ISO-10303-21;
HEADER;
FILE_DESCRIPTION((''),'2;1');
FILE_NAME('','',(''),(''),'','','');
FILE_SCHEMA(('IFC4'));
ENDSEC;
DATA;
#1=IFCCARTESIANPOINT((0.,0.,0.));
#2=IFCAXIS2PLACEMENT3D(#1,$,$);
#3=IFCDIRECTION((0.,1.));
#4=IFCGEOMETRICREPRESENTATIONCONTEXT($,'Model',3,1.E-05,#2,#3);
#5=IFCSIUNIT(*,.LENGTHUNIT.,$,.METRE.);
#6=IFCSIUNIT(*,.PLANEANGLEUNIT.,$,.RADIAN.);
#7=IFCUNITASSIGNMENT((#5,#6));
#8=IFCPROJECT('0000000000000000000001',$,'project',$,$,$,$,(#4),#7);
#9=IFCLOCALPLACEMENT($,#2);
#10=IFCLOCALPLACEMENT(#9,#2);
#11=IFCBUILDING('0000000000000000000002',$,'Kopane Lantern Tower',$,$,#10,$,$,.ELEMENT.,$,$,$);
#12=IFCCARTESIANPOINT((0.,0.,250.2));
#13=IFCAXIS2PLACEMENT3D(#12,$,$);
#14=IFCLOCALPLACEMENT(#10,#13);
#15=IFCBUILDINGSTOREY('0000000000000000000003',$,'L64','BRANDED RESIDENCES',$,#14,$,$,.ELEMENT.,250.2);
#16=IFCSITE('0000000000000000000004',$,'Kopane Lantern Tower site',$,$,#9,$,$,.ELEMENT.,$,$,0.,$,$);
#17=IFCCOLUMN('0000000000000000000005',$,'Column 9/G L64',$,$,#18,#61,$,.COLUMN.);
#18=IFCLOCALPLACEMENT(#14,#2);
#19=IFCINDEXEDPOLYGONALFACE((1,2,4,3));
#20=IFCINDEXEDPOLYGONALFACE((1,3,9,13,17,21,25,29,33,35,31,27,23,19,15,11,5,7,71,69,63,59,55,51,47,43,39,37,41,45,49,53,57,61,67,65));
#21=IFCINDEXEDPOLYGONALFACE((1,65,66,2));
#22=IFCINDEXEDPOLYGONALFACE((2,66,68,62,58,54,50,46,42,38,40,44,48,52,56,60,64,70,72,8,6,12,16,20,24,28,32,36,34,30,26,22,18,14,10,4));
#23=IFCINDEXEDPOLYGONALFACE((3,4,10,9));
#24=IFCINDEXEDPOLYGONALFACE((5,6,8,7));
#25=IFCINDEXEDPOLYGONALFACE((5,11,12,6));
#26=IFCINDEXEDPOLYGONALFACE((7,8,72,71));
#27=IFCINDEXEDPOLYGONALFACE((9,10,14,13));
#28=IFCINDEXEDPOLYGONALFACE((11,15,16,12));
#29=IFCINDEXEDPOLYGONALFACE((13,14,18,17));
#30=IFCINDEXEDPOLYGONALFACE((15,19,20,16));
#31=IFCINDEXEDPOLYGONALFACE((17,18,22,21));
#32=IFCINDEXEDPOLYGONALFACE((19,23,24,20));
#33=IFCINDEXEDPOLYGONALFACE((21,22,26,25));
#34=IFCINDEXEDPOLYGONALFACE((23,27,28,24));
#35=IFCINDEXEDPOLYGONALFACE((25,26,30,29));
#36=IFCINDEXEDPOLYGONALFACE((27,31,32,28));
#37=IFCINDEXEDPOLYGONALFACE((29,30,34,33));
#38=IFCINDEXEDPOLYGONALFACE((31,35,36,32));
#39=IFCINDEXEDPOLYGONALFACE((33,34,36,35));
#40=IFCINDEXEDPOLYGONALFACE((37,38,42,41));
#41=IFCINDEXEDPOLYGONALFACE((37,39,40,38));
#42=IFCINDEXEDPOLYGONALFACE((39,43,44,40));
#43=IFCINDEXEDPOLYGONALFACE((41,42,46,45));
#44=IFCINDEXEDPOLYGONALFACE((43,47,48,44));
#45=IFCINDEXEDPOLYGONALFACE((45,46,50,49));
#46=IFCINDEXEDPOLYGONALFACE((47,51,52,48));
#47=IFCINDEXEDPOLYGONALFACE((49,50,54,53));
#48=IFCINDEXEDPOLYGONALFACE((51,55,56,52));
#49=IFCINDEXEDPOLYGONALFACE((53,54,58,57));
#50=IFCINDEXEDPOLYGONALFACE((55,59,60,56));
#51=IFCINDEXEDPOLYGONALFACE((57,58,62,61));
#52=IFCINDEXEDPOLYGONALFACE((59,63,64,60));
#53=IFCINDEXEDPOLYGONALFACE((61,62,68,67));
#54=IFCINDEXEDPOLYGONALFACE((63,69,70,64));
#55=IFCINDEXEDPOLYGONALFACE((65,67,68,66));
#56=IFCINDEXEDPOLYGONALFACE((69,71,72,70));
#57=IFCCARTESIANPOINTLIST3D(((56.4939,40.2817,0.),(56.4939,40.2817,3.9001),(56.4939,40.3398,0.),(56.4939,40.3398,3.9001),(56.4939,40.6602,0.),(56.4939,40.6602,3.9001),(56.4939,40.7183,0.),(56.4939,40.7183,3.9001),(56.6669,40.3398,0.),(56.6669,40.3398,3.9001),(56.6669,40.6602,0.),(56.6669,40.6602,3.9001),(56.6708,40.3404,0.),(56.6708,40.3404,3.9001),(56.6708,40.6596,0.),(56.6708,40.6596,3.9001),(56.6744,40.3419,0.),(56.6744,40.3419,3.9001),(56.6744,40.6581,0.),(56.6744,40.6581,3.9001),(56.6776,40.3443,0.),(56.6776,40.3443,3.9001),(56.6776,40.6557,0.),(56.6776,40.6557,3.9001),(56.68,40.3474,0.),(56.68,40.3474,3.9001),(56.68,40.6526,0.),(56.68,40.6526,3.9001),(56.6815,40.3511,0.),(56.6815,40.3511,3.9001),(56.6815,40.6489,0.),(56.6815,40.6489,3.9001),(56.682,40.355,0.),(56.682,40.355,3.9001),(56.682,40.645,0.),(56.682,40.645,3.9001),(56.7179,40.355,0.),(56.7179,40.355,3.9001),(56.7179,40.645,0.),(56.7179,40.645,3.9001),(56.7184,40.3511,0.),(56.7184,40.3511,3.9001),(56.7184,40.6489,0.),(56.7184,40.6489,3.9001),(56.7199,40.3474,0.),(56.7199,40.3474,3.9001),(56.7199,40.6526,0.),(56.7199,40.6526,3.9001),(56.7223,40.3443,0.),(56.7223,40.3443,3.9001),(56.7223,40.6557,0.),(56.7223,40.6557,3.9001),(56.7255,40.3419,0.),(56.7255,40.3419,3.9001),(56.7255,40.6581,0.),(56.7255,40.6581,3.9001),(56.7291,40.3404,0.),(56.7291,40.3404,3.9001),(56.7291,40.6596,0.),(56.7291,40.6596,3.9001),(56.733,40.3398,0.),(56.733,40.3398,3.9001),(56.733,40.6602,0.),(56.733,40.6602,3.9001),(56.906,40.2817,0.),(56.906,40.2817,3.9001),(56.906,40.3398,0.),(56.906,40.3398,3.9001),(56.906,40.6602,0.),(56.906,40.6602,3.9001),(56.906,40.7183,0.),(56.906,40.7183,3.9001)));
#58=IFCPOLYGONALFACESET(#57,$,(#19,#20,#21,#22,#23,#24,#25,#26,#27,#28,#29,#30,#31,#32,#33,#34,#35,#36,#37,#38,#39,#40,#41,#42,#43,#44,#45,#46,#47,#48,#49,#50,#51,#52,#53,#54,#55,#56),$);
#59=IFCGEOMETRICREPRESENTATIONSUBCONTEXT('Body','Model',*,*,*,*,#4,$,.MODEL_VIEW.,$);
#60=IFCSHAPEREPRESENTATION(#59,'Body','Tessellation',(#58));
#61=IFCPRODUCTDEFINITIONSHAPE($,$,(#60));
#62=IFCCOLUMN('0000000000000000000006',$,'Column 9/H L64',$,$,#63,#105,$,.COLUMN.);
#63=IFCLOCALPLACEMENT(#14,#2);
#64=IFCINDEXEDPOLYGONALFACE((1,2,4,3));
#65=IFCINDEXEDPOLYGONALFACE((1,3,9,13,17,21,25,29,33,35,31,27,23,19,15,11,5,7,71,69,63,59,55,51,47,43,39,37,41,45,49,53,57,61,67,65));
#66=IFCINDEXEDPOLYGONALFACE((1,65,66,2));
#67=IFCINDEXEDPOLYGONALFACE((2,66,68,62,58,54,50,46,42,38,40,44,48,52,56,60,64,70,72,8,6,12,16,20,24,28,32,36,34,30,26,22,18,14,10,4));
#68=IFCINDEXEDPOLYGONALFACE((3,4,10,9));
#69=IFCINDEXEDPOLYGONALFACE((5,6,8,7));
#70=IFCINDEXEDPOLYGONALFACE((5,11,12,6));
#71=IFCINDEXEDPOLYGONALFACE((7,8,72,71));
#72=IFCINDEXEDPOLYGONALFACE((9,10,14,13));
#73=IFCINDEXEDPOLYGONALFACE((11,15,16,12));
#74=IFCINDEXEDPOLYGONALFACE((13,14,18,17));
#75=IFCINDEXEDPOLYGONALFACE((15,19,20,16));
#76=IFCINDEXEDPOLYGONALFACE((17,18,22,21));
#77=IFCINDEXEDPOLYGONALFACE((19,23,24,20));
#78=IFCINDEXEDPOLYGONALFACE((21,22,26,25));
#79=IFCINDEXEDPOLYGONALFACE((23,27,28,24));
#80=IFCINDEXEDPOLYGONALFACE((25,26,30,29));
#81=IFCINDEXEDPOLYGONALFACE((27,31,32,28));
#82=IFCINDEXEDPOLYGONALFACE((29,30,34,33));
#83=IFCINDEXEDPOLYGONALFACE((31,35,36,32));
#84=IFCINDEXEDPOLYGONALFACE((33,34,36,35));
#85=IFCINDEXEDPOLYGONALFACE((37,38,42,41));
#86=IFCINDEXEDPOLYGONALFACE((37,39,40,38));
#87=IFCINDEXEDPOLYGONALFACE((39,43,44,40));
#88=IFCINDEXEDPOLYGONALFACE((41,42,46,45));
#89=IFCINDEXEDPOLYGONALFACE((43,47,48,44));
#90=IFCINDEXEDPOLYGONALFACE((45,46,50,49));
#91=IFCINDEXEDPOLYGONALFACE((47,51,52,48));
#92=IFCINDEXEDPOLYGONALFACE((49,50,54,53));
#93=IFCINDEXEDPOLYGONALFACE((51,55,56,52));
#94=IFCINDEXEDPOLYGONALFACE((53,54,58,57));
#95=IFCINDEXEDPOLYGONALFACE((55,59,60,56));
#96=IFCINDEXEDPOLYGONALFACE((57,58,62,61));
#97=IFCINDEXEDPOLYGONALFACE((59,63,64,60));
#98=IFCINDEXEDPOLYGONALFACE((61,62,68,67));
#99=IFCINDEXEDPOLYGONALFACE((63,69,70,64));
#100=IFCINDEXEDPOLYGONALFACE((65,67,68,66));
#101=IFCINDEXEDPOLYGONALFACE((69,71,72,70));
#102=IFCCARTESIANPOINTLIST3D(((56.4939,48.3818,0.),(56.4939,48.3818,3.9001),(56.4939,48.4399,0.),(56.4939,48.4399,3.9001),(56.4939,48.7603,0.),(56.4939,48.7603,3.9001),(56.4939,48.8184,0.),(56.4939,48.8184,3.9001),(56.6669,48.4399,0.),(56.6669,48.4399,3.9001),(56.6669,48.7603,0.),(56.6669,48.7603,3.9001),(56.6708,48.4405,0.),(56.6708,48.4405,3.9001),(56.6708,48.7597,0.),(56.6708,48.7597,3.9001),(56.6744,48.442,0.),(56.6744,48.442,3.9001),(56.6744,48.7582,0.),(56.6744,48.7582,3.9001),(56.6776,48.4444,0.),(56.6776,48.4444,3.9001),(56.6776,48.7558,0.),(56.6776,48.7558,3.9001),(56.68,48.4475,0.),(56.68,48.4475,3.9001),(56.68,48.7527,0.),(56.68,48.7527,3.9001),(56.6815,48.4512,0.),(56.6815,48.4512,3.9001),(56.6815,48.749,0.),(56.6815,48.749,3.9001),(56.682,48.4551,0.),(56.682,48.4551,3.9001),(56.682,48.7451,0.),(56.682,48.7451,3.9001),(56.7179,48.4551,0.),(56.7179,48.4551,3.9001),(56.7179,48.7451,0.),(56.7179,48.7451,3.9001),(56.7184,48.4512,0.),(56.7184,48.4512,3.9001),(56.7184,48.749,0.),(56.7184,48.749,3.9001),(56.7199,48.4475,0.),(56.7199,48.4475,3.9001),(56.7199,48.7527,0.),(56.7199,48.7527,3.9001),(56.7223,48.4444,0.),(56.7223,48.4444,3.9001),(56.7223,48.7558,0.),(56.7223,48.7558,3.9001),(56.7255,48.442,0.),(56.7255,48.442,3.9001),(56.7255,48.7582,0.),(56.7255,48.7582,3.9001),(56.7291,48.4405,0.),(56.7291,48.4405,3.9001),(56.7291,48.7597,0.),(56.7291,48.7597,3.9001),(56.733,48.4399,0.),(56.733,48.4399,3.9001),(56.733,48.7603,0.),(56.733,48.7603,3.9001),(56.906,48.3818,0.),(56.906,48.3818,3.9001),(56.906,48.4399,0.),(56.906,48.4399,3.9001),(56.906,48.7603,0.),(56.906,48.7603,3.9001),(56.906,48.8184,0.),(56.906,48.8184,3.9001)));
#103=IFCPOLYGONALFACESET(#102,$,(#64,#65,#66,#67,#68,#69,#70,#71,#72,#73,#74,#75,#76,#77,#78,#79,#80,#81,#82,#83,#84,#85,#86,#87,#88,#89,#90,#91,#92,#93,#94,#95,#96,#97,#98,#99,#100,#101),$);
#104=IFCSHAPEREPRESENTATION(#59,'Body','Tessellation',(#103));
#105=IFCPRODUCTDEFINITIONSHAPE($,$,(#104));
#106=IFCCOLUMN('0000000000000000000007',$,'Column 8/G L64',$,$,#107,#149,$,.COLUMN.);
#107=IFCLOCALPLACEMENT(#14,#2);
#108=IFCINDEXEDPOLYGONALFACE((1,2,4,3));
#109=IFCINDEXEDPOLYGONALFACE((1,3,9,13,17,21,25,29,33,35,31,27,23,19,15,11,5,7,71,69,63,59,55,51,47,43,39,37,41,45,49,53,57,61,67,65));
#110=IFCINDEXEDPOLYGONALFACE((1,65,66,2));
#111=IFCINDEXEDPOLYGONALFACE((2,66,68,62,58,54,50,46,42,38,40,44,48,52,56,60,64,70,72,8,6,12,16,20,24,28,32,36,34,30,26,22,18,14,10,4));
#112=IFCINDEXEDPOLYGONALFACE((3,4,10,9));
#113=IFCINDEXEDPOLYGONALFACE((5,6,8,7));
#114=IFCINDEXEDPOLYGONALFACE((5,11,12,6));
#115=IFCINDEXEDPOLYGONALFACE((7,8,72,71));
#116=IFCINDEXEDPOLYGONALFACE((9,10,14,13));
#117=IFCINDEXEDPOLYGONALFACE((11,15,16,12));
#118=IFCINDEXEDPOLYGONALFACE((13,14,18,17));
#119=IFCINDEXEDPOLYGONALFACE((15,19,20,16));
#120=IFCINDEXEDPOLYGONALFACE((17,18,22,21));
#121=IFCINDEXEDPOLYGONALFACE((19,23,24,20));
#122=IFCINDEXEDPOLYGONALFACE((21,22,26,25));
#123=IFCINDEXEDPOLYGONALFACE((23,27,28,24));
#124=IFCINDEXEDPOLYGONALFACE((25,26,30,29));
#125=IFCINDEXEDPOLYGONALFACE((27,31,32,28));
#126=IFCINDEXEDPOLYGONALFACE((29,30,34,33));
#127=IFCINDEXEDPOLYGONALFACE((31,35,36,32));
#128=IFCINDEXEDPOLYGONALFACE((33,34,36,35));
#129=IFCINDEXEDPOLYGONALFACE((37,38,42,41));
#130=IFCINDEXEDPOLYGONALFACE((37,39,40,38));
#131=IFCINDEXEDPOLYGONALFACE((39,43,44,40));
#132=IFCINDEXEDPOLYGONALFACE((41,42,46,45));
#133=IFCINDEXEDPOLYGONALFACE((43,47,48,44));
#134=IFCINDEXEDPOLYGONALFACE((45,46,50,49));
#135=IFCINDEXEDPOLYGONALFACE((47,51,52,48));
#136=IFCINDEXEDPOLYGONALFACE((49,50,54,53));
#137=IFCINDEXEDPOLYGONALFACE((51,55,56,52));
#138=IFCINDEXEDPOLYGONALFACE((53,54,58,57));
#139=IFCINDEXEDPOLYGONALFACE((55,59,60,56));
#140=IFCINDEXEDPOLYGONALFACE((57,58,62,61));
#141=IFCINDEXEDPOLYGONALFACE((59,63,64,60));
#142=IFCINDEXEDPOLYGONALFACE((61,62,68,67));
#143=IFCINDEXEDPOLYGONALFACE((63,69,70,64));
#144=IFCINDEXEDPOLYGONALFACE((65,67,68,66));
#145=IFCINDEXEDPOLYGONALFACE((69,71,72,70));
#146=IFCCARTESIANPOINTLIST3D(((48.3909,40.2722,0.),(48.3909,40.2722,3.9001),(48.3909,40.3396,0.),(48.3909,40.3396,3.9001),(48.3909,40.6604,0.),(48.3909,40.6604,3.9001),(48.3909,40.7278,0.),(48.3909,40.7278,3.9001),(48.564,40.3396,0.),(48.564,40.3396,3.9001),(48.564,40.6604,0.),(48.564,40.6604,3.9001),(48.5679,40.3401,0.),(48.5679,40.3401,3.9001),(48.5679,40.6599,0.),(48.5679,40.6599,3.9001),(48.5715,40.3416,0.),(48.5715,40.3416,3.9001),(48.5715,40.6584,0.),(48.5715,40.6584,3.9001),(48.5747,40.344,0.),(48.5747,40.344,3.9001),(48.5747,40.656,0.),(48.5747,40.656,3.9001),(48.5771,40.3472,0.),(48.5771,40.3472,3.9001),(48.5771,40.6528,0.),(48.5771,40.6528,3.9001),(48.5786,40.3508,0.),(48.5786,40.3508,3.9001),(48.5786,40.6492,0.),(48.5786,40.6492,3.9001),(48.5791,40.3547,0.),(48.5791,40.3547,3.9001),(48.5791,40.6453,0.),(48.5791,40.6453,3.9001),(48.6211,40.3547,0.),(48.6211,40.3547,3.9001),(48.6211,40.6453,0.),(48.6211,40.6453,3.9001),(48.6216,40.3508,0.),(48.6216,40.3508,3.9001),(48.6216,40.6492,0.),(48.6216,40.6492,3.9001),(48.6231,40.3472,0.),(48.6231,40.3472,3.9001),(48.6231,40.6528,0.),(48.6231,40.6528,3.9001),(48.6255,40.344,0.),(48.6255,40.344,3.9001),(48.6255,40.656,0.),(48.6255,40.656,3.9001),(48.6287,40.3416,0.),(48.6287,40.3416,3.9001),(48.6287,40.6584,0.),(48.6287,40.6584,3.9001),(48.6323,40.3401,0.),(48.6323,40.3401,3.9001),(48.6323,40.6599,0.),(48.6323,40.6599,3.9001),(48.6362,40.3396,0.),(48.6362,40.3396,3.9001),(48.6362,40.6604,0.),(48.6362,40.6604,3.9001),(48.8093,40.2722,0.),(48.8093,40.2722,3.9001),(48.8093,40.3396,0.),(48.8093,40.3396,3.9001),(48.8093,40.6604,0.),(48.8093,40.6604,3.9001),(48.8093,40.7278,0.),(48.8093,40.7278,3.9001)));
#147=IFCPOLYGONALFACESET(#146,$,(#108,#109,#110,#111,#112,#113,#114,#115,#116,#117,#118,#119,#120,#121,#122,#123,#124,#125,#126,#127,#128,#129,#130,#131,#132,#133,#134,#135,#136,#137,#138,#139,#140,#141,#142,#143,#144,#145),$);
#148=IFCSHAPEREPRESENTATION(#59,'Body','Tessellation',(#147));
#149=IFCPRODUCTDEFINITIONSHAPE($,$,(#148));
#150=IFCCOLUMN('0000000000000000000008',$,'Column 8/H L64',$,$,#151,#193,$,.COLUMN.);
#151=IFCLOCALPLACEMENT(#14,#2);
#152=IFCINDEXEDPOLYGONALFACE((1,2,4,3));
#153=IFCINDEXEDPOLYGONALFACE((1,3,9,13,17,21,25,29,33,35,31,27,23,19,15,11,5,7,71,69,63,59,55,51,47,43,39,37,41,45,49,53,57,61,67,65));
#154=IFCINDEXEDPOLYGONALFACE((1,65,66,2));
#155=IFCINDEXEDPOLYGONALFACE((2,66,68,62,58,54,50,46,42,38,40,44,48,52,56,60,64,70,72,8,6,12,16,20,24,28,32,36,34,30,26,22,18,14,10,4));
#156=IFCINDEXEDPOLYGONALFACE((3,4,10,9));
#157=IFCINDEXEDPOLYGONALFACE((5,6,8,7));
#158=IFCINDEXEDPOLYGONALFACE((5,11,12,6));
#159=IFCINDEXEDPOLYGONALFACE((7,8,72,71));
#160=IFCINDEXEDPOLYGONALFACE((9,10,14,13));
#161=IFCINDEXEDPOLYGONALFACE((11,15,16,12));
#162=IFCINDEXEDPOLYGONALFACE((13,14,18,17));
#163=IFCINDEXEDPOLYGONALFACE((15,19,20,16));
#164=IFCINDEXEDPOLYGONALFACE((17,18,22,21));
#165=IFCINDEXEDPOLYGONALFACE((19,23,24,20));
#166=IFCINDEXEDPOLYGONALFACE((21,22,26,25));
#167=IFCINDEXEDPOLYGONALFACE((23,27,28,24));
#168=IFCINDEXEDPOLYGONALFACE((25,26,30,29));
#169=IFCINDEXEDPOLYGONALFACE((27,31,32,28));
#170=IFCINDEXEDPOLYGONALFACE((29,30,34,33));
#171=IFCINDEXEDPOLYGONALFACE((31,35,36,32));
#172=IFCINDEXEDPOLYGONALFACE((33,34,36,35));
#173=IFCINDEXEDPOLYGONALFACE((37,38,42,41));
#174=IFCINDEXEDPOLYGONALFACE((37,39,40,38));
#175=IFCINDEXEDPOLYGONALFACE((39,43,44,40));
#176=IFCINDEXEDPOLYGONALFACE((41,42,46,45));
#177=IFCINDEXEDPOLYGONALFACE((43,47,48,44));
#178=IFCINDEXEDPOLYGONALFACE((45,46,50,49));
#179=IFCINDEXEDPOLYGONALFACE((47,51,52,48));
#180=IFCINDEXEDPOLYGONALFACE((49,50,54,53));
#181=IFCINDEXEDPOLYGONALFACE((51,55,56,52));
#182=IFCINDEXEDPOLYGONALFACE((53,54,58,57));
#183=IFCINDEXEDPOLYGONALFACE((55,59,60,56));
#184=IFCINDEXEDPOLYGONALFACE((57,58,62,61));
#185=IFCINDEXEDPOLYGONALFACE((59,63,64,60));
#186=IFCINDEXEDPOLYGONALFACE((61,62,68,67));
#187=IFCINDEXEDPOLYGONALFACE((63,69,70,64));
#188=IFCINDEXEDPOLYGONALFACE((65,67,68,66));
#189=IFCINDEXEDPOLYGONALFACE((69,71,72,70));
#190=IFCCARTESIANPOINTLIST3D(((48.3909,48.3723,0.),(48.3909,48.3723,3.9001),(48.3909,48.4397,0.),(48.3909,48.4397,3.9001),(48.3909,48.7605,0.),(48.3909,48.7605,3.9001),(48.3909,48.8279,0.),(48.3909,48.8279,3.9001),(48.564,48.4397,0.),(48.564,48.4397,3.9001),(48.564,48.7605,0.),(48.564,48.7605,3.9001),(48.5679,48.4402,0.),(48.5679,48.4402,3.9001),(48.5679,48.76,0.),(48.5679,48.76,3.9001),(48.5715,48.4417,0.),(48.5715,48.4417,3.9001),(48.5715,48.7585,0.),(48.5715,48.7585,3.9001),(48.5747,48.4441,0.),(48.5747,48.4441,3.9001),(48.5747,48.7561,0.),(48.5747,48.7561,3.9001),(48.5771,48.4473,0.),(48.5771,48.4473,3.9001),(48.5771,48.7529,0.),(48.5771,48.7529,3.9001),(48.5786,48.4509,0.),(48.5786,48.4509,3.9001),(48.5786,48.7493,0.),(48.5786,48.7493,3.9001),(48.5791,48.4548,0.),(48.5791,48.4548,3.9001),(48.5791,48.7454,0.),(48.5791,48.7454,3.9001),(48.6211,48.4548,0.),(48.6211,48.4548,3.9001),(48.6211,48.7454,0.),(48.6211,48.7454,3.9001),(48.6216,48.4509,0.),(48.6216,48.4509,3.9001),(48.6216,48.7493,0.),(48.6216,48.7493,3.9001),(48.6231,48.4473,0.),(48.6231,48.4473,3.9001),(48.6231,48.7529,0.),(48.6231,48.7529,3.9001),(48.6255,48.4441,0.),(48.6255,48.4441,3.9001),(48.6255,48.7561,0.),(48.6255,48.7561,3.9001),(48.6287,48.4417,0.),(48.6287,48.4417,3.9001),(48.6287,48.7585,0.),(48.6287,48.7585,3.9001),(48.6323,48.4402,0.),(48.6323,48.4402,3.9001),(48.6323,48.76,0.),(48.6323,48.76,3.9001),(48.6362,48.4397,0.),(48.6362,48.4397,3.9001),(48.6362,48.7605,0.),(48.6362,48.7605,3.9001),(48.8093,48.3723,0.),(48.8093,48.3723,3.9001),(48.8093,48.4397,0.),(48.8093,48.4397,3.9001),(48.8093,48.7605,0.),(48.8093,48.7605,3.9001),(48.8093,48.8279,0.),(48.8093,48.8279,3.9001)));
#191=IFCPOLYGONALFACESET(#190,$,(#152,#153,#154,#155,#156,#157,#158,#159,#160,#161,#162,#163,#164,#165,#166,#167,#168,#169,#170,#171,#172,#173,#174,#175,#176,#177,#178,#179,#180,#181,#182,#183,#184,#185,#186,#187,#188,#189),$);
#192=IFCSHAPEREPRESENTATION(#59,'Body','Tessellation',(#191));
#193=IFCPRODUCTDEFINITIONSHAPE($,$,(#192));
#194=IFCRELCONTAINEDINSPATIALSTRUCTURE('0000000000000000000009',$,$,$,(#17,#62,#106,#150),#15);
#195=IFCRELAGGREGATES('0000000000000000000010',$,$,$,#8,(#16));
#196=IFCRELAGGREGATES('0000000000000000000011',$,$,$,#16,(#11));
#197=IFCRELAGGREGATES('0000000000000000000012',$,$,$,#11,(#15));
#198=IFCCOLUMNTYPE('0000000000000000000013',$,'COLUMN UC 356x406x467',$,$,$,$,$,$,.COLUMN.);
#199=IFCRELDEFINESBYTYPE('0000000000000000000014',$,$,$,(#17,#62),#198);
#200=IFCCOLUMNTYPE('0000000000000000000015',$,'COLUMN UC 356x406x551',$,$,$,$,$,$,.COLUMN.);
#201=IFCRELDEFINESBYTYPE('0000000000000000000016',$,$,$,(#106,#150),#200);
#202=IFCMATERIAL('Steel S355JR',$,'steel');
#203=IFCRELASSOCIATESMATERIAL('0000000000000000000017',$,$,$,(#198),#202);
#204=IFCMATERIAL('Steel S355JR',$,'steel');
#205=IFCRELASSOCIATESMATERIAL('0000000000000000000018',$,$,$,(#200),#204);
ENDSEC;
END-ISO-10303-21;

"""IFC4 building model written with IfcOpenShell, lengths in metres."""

from ifc_helpers import new_model, si_unit, direction, frame, origin, origin_2d, place, context, subcontext, project, spatial, i_section, extrude, material, material_profile, profile_set, type_object, element, save


model = new_model("IFC4")

# Units and contexts
model_context = context("Model", 3, precision=1e-05, world=origin(), true_north=direction((0.0, 1.0)))
body_context = subcontext(model_context, "Body", "Model", "MODEL_VIEW")
ifc_project = project(units=[si_unit("LENGTHUNIT", "METRE"), si_unit("PLANEANGLEUNIT", "RADIAN")], contexts=[model_context])

# Site, building, storey
site_placement = place(None, origin())
site = spatial("IfcSite", under=ifc_project, at=site_placement, Name="Kopane Lantern Tower site", CompositionType="ELEMENT", RefElevation=0.0)
building_placement = place(site_placement, origin())
building = spatial("IfcBuilding", under=site, at=building_placement, Name="Kopane Lantern Tower", CompositionType="ELEMENT")
storey_placement = place(building_placement, frame((0.0, 0.0, 250.2)))
storey = spatial("IfcBuildingStorey", under=building, at=storey_placement, Name="L64", Description="BRANDED RESIDENCES", CompositionType="ELEMENT", Elevation=250.2)

# Columns
ifc_material_1 = material(Name="Steel S355JR", Category="steel")
ifc_material_profile_1 = material_profile(ifc_material_1, i_section(OverallWidth=0.4121, OverallDepth=0.4365, WebThickness=0.0359, FlangeThickness=0.0581, FilletRadius=0.0151, at=origin_2d()), Name="UC 356x406x467")
ifc_profile_set_1 = profile_set([ifc_material_profile_1], Name="Steel S355JR")
column_type_1 = type_object("IfcColumnType", Name="COLUMN UC 356x406x467", PredefinedType="COLUMN", material=ifc_profile_set_1)
for number, where, z_axis, x_axis, name in (
    (1, (56.7, 40.5, 0.0), (0.0, 0.0, 1.0), (1.0, 0.0, 0.0), "Column 9/G L64"),
    (2, (56.7, 48.6001, 0.0), (0.0, 0.0, 1.0), (1.0, 0.0, 0.0), "Column 9/H L64"),
):
    element("IfcColumn", number, at=place(storey_placement, frame(where, z_axis=z_axis, x_axis=x_axis)), inside=storey, type_object=column_type_1, Name=name, PredefinedType="COLUMN", context=body_context, shape_type="SweptSolid", body=[
        extrude(i_section(OverallWidth=0.4121, OverallDepth=0.4365, WebThickness=0.0359, FlangeThickness=0.0581, FilletRadius=0.0151, at=origin_2d()), origin(), (0.0, 0.0, 1.0), 3.9001),
    ])
ifc_material_2 = material(Name="Steel S355JR", Category="steel")
ifc_material_profile_2 = material_profile(ifc_material_2, i_section(OverallWidth=0.4185, OverallDepth=0.4556, WebThickness=0.042, FlangeThickness=0.0674, FilletRadius=0.0151, at=origin_2d()), Name="UC 356x406x551")
ifc_profile_set_2 = profile_set([ifc_material_profile_2], Name="Steel S355JR")
column_type_2 = type_object("IfcColumnType", Name="COLUMN UC 356x406x551", PredefinedType="COLUMN", material=ifc_profile_set_2)
for number, where, z_axis, x_axis, name in (
    (3, (48.6001, 40.5, 0.0), (0.0, 0.0, 1.0), (1.0, 0.0, 0.0), "Column 8/G L64"),
    (4, (48.6001, 48.6001, 0.0), (0.0, 0.0, 1.0), (1.0, 0.0, 0.0), "Column 8/H L64"),
):
    element("IfcColumn", number, at=place(storey_placement, frame(where, z_axis=z_axis, x_axis=x_axis)), inside=storey, type_object=column_type_2, Name=name, PredefinedType="COLUMN", context=body_context, shape_type="SweptSolid", body=[
        extrude(i_section(OverallWidth=0.4185, OverallDepth=0.4556, WebThickness=0.042, FlangeThickness=0.0674, FilletRadius=0.0151, at=origin_2d()), origin(), (0.0, 0.0, 1.0), 3.9001),
    ])

save(model, "model.ifc")
